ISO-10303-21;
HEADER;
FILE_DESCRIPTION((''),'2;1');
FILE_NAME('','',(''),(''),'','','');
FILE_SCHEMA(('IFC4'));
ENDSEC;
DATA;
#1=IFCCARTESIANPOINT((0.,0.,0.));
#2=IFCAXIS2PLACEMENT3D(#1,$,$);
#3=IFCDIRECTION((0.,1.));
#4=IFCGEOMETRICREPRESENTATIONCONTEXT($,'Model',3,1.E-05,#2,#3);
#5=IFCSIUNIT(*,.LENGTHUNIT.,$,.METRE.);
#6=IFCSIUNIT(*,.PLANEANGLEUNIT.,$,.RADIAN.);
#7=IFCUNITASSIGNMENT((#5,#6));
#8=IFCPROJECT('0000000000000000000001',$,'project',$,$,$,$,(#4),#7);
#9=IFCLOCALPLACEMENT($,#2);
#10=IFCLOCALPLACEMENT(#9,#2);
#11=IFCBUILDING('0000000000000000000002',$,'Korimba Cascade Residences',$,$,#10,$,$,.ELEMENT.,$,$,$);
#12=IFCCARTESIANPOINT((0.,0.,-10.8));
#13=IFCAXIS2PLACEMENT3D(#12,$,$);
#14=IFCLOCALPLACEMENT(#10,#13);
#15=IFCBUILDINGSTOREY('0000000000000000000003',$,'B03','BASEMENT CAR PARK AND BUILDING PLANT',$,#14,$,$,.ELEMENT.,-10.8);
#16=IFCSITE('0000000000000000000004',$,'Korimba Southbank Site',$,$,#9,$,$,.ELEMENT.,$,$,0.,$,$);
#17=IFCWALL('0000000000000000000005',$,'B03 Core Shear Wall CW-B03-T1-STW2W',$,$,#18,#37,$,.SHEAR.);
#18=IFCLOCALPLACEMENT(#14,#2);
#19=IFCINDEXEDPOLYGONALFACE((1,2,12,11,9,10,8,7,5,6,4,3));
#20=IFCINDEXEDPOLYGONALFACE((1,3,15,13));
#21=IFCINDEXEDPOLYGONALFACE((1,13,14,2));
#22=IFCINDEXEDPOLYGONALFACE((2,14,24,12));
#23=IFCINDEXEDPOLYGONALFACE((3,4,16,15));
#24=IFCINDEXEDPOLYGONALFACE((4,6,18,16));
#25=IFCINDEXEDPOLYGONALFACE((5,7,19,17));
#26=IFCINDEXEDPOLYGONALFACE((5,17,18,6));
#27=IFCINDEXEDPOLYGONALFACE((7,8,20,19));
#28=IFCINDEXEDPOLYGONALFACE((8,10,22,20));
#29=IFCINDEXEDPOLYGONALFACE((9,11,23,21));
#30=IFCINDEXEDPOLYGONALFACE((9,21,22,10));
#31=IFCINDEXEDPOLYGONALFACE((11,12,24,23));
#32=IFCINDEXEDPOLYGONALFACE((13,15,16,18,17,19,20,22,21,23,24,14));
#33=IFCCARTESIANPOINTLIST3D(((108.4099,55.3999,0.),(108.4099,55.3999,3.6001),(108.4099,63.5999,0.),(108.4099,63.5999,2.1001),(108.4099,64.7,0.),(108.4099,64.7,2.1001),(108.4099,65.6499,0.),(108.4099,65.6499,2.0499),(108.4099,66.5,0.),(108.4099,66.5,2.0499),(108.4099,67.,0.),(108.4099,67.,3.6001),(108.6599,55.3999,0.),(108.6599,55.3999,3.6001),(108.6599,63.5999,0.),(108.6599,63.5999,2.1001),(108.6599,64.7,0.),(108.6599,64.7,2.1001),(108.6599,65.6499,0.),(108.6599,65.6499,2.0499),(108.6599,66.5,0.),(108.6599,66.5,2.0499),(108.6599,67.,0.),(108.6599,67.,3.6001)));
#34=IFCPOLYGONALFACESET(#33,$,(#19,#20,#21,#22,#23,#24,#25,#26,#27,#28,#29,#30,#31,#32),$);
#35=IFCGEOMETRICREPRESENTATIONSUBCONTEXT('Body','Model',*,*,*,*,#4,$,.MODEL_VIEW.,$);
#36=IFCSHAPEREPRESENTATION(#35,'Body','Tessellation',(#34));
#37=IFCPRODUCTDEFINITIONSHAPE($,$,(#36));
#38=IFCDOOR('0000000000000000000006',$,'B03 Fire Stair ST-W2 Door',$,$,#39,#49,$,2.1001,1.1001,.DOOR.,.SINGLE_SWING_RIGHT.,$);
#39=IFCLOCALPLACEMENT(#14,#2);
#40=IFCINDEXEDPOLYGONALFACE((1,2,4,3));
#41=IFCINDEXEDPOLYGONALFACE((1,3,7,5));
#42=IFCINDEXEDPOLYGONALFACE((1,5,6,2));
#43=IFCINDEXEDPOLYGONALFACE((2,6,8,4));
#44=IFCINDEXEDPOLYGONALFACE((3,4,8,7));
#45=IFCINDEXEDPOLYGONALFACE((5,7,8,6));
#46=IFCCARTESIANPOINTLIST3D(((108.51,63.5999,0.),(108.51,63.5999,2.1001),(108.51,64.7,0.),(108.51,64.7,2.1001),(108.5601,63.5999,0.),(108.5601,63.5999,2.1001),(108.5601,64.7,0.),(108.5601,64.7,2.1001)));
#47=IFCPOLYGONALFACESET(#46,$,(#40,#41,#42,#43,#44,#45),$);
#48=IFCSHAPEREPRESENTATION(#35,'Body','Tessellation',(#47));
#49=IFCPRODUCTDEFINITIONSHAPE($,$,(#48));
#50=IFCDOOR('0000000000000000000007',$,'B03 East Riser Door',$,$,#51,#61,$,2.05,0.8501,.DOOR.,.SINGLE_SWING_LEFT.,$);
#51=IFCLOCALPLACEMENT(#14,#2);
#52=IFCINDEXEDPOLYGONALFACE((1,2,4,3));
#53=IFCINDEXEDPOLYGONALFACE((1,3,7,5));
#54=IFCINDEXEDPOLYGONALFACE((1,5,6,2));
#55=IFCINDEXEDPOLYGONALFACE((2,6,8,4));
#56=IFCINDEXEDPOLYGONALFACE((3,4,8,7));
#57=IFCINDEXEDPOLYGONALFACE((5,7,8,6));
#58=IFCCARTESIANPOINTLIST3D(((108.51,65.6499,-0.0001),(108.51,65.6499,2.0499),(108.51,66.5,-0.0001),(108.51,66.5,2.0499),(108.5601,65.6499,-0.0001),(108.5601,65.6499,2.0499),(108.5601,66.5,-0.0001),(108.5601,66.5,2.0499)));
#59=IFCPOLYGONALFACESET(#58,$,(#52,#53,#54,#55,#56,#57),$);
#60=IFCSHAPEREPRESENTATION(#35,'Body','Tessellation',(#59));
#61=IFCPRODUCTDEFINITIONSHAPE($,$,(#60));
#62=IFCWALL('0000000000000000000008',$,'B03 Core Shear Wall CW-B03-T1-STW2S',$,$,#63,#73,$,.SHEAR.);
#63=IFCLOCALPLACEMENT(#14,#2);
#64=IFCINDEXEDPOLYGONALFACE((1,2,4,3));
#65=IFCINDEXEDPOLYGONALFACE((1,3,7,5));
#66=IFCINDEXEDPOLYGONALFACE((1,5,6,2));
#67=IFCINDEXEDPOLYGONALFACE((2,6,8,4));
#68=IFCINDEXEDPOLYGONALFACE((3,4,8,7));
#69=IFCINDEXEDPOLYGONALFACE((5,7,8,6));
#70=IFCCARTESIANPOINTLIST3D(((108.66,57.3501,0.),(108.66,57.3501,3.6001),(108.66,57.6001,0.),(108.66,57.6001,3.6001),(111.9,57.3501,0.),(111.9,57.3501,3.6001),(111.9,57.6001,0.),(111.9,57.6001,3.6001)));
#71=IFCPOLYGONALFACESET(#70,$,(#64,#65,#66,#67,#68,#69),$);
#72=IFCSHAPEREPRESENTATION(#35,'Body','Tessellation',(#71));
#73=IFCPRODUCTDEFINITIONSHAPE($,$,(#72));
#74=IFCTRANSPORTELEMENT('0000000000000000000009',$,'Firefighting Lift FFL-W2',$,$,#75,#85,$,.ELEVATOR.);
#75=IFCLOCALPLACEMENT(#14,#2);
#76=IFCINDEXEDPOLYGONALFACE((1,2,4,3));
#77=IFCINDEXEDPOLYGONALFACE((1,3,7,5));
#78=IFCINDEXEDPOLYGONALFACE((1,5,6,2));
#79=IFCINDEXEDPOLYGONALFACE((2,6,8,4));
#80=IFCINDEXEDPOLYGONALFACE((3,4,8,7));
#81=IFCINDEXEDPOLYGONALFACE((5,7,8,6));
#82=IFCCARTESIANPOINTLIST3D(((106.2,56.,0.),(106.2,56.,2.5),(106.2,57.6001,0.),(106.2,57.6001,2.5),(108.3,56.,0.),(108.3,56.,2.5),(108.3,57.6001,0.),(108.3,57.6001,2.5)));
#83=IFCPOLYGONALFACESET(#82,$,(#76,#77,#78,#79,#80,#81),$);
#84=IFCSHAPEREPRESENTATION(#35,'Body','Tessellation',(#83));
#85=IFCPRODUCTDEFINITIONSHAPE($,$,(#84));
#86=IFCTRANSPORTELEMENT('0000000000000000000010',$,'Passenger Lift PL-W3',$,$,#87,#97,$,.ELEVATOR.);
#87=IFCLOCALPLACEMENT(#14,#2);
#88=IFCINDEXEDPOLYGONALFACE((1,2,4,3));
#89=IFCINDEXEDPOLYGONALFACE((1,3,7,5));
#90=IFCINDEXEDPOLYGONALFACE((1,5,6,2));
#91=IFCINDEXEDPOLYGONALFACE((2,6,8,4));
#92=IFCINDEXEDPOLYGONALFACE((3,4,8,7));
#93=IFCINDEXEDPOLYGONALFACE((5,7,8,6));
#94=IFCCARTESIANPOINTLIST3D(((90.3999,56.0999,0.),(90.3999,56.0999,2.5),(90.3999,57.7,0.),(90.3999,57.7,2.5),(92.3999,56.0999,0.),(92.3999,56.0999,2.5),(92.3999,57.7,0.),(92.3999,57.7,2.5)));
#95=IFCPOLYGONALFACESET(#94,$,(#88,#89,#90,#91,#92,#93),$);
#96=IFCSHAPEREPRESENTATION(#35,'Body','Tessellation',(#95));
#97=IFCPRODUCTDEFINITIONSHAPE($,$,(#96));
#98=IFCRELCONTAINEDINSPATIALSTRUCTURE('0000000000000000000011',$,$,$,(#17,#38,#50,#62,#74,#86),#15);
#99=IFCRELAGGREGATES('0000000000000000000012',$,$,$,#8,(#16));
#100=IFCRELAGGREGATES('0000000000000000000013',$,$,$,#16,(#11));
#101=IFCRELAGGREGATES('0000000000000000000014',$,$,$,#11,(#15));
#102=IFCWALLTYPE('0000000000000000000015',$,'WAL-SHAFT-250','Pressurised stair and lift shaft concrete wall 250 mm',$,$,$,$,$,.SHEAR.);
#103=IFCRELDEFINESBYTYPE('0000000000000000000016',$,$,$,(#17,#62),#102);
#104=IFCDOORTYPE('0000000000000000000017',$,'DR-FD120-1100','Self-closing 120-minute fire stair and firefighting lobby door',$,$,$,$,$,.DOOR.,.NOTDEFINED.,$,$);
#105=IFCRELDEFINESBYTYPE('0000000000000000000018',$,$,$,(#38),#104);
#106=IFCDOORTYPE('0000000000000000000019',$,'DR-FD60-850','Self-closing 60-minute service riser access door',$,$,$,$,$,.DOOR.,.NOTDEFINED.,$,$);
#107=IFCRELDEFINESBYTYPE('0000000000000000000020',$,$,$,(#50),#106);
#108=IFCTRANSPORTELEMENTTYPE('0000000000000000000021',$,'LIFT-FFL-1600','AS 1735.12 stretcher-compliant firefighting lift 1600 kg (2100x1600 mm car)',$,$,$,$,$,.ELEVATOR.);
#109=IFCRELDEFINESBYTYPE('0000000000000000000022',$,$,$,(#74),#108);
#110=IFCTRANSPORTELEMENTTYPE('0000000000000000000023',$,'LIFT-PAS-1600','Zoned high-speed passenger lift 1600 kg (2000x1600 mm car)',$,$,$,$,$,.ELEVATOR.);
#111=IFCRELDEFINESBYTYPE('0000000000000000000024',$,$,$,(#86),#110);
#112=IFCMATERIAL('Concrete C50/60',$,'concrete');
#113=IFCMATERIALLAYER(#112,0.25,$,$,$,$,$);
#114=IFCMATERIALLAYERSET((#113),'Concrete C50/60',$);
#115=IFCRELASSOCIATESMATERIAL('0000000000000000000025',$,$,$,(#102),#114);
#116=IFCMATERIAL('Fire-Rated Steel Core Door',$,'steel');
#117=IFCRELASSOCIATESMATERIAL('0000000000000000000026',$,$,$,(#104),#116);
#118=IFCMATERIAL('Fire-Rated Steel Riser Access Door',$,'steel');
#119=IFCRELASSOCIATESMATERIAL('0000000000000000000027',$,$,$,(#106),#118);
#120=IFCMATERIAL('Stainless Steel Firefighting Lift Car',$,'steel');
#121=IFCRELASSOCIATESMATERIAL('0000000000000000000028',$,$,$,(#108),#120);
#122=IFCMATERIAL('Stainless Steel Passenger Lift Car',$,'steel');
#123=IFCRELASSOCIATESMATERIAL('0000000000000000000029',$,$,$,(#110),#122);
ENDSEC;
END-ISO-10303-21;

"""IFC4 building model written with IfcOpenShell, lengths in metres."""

from ifc_helpers import new_model, si_unit, direction, frame, frame_2d, origin, origin_2d, place, context, subcontext, project, spatial, rectangle, extrude, material, layer, layer_set, type_object, element, fill, save


model = new_model("IFC4")

# Units and contexts
model_context = context("Model", 3, precision=1e-05, world=origin(), true_north=direction((0.0, 1.0)))
body_context = subcontext(model_context, "Body", "Model", "MODEL_VIEW")
ifc_project = project(units=[si_unit("LENGTHUNIT", "METRE"), si_unit("PLANEANGLEUNIT", "RADIAN")], contexts=[model_context])

# Site, building, storey
site_placement = place(None, origin())
site = spatial("IfcSite", under=ifc_project, at=site_placement, Name="Korimba Southbank Site", CompositionType="ELEMENT", RefElevation=0.0)
building_placement = place(site_placement, origin())
building = spatial("IfcBuilding", under=site, at=building_placement, Name="Korimba Cascade Residences", CompositionType="ELEMENT")
storey_placement = place(building_placement, frame((0.0, 0.0, -10.8)))
storey = spatial("IfcBuildingStorey", under=building, at=storey_placement, Name="B03", Description="BASEMENT CAR PARK AND BUILDING PLANT", CompositionType="ELEMENT", Elevation=-10.8)

# Shared definitions
ifc_material_1 = material(Name="Concrete C50/60", Category="concrete")

# Shared definitions
ifc_layer_1 = layer(ifc_material_1, 0.25)
ifc_layer_set_1 = layer_set([ifc_layer_1], Name="Concrete C50/60")
wall_type_1 = type_object("IfcWallType", Name="WAL-SHAFT-250", Description="Pressurised stair and lift shaft concrete wall 250 mm", PredefinedType="SHEAR", material=ifc_layer_set_1)

# Wall, openings, doors
wall_1_placement = place(storey_placement, frame((108.5349, 55.3999, 0.0), z_axis=(0.0, 0.0, 1.0), x_axis=(0.0, 1.0, 0.0)))
wall_1 = element("IfcWall", 1, at=wall_1_placement, inside=storey, type_object=wall_type_1, Name="B03 Core Shear Wall CW-B03-T1-STW2W", PredefinedType="SHEAR", context=body_context, shape_type="SweptSolid", body=[
    extrude(rectangle(XDim=11.6001, YDim=0.25, at=frame_2d((5.8, 0.0))), origin(), (0.0, 0.0, 1.0), 3.6001),
])
opening_1_placement = place(wall_1_placement, frame((8.2, 0.0, 0.0)))
opening_1 = element("IfcOpeningElement", 2, at=opening_1_placement, cuts=wall_1, PredefinedType="OPENING", context=body_context, shape_type="SweptSolid", body=[
    extrude(rectangle(XDim=1.1001, YDim=2.1001, at=frame_2d((0.55, 1.05))), frame((0.0, 0.135, 0.0), z_axis=(0.0, -1.0, 0.0), x_axis=(1.0, 0.0, 0.0)), (0.0, 0.0, 1.0), 0.27),
])
opening_2_placement = place(wall_1_placement, frame((10.25, 0.0, 0.0)))
opening_2 = element("IfcOpeningElement", 3, at=opening_2_placement, cuts=wall_1, PredefinedType="OPENING", context=body_context, shape_type="SweptSolid", body=[
    extrude(rectangle(XDim=0.8501, YDim=2.05, at=frame_2d((0.425, 1.0249))), frame((0.0, 0.135, 0.0), z_axis=(0.0, -1.0, 0.0), x_axis=(1.0, 0.0, 0.0)), (0.0, 0.0, 1.0), 0.27),
])
ifc_material_2 = material(Name="Fire-Rated Steel Core Door", Category="steel")
door_type_1 = type_object("IfcDoorType", Name="DR-FD120-1100", Description="Self-closing 120-minute fire stair and firefighting lobby door", OperationType="NOTDEFINED", PredefinedType="DOOR", material=ifc_material_2)
door_1_placement = place(opening_1_placement, origin())
door_1 = element("IfcDoor", 4, at=door_1_placement, inside=storey, type_object=door_type_1, Name="B03 Fire Stair ST-W2 Door", OperationType="SINGLE_SWING_RIGHT", OverallHeight=2.1001, OverallWidth=1.1001, PredefinedType="DOOR", context=body_context, shape_type="SweptSolid", body=[
    extrude(rectangle(XDim=1.1001, YDim=2.1001, at=frame_2d((0.55, 1.05))), frame((0.0, 0.0249, 0.0), z_axis=(0.0, -1.0, 0.0), x_axis=(1.0, 0.0, 0.0)), (0.0, 0.0, 1.0), 0.05),
])
fill(opening_1, door_1)
ifc_material_3 = material(Name="Fire-Rated Steel Riser Access Door", Category="steel")
door_type_2 = type_object("IfcDoorType", Name="DR-FD60-850", Description="Self-closing 60-minute service riser access door", OperationType="NOTDEFINED", PredefinedType="DOOR", material=ifc_material_3)
door_2_placement = place(opening_2_placement, origin())
door_2 = element("IfcDoor", 5, at=door_2_placement, inside=storey, type_object=door_type_2, Name="B03 East Riser Door", OperationType="SINGLE_SWING_LEFT", OverallHeight=2.05, OverallWidth=0.8501, PredefinedType="DOOR", context=body_context, shape_type="SweptSolid", body=[
    extrude(rectangle(XDim=0.8501, YDim=2.05, at=frame_2d((0.425, 1.0249))), frame((0.0, 0.0249, 0.0), z_axis=(0.0, -1.0, 0.0), x_axis=(1.0, 0.0, 0.0)), (0.0, 0.0, 1.0), 0.05),
])
fill(opening_2, door_2)

# Wall
wall_2_placement = place(storey_placement, frame((108.6599, 57.4751, 0.0), z_axis=(0.0, 0.0, 1.0), x_axis=(1.0, 0.0, 0.0)))
element("IfcWall", 6, at=wall_2_placement, inside=storey, type_object=wall_type_1, Name="B03 Core Shear Wall CW-B03-T1-STW2S", PredefinedType="SHEAR", context=body_context, shape_type="SweptSolid", body=[
    extrude(rectangle(XDim=3.24, YDim=0.25, at=frame_2d((1.6201, 0.0))), origin(), (0.0, 0.0, 1.0), 3.6001),
])

# Transport elements
ifc_material_4 = material(Name="Stainless Steel Firefighting Lift Car", Category="steel")
transport_element_type_1 = type_object("IfcTransportElementType", Name="LIFT-FFL-1600", Description="AS 1735.12 stretcher-compliant firefighting lift 1600 kg (2100x1600 mm car)", PredefinedType="ELEVATOR", material=ifc_material_4)
transport_element_1_placement = place(storey_placement, frame((107.25, 56.8, 0.0), z_axis=(0.0, 0.0, 1.0), x_axis=(1.0, 0.0, 0.0)))
element("IfcTransportElement", 7, at=transport_element_1_placement, inside=storey, type_object=transport_element_type_1, Name="Firefighting Lift FFL-W2", PredefinedType="ELEVATOR", context=body_context, shape_type="SweptSolid", body=[
    extrude(rectangle(XDim=2.1001, YDim=1.6001, at=origin_2d()), origin(), (0.0, 0.0, 1.0), 2.5),
])
ifc_material_5 = material(Name="Stainless Steel Passenger Lift Car", Category="steel")
transport_element_type_2 = type_object("IfcTransportElementType", Name="LIFT-PAS-1600", Description="Zoned high-speed passenger lift 1600 kg (2000x1600 mm car)", PredefinedType="ELEVATOR", material=ifc_material_5)
transport_element_2_placement = place(storey_placement, frame((91.3999, 56.8999, 0.0), z_axis=(0.0, 0.0, 1.0), x_axis=(1.0, 0.0, 0.0)))
element("IfcTransportElement", 8, at=transport_element_2_placement, inside=storey, type_object=transport_element_type_2, Name="Passenger Lift PL-W3", PredefinedType="ELEVATOR", context=body_context, shape_type="SweptSolid", body=[
    extrude(rectangle(XDim=2.0, YDim=1.6001, at=origin_2d()), origin(), (0.0, 0.0, 1.0), 2.5),
])

save(model, "model.ifc")
